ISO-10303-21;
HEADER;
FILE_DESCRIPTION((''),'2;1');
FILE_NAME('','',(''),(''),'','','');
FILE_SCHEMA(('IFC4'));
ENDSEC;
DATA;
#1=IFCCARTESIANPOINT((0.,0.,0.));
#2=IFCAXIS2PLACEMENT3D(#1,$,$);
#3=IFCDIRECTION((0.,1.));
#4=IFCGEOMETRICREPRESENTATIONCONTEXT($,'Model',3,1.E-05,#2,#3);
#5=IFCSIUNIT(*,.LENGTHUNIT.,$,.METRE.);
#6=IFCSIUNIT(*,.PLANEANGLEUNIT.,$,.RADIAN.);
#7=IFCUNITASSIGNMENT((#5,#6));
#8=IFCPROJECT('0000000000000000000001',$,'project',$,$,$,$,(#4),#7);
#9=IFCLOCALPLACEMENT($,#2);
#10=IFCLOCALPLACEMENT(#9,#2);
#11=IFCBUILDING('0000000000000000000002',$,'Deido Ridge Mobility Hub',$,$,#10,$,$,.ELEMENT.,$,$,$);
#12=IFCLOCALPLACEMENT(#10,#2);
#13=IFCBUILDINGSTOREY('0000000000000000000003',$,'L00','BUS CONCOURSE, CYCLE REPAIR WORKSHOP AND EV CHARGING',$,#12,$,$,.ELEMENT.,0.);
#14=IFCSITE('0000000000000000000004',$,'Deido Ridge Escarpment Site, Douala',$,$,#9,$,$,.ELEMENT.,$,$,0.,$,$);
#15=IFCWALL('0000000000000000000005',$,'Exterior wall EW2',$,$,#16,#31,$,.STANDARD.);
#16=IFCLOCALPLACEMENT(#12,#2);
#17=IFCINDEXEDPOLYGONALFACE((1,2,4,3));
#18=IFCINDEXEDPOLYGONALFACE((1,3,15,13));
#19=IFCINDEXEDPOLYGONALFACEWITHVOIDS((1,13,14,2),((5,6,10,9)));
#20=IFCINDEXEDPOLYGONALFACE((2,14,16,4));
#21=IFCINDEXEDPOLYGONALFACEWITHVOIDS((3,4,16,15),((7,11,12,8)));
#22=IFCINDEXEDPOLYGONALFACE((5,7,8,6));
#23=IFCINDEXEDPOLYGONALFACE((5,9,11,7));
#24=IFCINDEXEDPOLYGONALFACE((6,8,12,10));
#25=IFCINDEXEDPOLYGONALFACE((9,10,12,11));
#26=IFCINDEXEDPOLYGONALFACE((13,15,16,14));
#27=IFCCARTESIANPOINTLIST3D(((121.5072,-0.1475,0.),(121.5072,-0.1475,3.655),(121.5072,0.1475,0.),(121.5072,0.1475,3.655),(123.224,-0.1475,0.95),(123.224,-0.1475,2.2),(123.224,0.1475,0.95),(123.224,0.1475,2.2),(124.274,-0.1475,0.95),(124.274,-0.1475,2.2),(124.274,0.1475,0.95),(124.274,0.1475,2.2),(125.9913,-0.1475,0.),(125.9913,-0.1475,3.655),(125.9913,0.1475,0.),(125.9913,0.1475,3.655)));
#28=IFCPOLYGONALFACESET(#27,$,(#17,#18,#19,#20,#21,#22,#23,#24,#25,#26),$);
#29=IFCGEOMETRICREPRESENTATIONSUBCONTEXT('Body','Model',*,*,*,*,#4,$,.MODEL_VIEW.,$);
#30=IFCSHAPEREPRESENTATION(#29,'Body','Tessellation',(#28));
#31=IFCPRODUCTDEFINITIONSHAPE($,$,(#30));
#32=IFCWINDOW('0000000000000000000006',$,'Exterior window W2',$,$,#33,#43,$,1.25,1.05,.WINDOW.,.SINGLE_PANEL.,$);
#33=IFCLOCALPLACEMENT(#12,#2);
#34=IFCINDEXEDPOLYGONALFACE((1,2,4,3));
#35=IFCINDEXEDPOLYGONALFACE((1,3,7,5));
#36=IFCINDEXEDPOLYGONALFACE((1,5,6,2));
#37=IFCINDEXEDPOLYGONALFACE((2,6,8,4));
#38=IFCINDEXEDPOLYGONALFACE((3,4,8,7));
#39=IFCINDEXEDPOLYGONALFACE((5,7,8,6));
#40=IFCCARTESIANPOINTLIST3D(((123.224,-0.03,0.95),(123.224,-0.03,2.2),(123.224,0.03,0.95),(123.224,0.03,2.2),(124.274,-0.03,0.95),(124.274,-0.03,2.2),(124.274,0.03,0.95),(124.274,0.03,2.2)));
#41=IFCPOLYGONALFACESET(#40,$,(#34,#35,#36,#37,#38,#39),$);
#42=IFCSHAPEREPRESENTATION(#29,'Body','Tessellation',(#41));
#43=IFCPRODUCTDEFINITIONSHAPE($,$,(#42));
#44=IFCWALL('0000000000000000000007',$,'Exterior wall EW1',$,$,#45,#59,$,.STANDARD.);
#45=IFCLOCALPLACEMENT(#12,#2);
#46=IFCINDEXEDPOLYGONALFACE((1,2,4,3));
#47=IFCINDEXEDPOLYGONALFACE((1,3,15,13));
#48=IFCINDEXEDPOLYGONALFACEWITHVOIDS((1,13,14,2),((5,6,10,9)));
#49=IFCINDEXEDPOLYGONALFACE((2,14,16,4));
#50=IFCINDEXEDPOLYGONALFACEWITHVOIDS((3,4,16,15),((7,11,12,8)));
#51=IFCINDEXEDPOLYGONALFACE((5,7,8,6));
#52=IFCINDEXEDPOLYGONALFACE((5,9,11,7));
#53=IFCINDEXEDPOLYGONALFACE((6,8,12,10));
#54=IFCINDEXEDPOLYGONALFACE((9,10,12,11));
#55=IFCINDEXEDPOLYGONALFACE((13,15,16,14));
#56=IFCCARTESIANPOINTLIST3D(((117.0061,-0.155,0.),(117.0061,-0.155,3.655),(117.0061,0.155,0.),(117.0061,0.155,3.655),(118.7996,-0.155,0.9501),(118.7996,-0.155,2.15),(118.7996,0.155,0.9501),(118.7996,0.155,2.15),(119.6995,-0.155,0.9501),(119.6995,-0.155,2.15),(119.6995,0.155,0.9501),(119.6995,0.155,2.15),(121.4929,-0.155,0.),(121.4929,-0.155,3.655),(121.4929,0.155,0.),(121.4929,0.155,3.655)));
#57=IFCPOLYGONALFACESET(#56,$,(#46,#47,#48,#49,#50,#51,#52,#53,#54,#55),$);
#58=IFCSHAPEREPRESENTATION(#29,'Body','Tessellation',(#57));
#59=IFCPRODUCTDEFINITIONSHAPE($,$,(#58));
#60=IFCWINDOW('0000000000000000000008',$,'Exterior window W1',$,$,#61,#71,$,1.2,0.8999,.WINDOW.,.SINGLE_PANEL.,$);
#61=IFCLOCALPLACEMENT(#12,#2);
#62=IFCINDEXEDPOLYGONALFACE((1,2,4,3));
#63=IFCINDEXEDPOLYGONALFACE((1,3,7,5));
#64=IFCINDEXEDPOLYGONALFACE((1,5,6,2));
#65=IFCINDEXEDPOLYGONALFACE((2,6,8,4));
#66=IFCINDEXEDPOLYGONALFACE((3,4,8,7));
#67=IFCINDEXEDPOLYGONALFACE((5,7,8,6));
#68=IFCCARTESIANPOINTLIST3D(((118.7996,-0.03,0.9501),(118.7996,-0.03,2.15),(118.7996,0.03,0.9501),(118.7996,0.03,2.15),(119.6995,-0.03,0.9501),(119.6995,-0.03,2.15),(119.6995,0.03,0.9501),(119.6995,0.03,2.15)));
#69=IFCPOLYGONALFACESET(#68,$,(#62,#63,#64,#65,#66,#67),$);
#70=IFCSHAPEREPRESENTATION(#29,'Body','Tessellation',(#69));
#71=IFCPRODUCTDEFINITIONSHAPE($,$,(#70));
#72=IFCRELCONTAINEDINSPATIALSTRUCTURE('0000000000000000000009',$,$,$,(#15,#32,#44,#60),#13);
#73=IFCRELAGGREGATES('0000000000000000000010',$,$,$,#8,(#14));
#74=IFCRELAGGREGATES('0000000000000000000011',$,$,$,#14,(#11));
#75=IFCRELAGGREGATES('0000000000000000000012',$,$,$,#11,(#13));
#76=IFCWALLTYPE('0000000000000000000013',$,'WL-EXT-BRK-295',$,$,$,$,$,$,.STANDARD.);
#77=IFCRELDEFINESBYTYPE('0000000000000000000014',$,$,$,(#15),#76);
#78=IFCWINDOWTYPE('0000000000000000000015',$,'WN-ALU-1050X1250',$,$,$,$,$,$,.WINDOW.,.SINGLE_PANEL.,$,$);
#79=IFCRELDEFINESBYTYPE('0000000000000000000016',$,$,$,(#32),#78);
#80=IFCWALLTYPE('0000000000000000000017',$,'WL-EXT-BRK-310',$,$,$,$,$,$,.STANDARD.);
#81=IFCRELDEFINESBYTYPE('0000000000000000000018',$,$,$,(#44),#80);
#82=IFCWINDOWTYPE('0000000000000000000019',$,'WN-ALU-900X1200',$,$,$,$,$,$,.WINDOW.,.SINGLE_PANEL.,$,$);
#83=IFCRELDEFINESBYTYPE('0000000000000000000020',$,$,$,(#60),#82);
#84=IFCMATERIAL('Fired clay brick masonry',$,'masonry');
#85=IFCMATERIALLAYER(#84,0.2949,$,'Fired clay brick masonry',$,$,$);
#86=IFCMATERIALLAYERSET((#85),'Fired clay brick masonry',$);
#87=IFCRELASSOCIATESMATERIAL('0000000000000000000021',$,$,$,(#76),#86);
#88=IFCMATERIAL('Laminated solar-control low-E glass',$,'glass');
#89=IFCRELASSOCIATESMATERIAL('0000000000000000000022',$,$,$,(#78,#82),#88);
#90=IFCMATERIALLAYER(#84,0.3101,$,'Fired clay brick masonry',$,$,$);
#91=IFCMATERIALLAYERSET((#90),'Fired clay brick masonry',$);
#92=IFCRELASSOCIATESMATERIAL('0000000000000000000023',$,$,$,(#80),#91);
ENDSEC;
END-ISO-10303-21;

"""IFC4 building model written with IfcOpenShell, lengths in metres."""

from ifc_helpers import new_model, si_unit, direction, frame, frame_2d, origin, place, context, subcontext, project, spatial, rectangle, extrude, material, layer, layer_set, type_object, element, fill, save


model = new_model("IFC4")

# Units and contexts
model_context = context("Model", 3, precision=1e-05, world=origin(), true_north=direction((0.0, 1.0)))
body_context = subcontext(model_context, "Body", "Model", "MODEL_VIEW")
ifc_project = project(units=[si_unit("LENGTHUNIT", "METRE"), si_unit("PLANEANGLEUNIT", "RADIAN")], contexts=[model_context])

# Site, building, storey
site_placement = place(None, origin())
site = spatial("IfcSite", under=ifc_project, at=site_placement, Name="Deido Ridge Escarpment Site, Douala", CompositionType="ELEMENT", RefElevation=0.0)
building_placement = place(site_placement, origin())
building = spatial("IfcBuilding", under=site, at=building_placement, Name="Deido Ridge Mobility Hub", CompositionType="ELEMENT")
storey_placement = place(building_placement, origin())
storey = spatial("IfcBuildingStorey", under=building, at=storey_placement, Name="L00", Description="BUS CONCOURSE, CYCLE REPAIR WORKSHOP AND EV CHARGING", CompositionType="ELEMENT", Elevation=0.0)

# Shared definitions
ifc_material_1 = material(Name="Laminated solar-control low-E glass", Category="glass")

# Walls, openings, windows
ifc_material_2 = material(Name="Fired clay brick masonry", Category="masonry")
ifc_layer_1 = layer(ifc_material_2, 0.2949, Name="Fired clay brick masonry")
ifc_layer_set_1 = layer_set([ifc_layer_1], Name="Fired clay brick masonry")
wall_type_1 = type_object("IfcWallType", Name="WL-EXT-BRK-295", PredefinedType="STANDARD", material=ifc_layer_set_1)
wall_1_placement = place(storey_placement, frame((121.5071, 0.0, 0.0), z_axis=(0.0, 0.0, 1.0), x_axis=(1.0, 0.0, 0.0)))
wall_1 = element("IfcWall", 1, at=wall_1_placement, inside=storey, type_object=wall_type_1, Name="Exterior wall EW2", PredefinedType="STANDARD", context=body_context, shape_type="SweptSolid", body=[
    extrude(rectangle(XDim=4.4841, YDim=0.2949, at=frame_2d((2.2422, 0.0))), origin(), (0.0, 0.0, 1.0), 3.655),
])
opening_1_placement = place(wall_1_placement, frame((1.717, 0.0, 0.95)))
opening_1 = element("IfcOpeningElement", 2, at=opening_1_placement, cuts=wall_1, PredefinedType="OPENING", context=body_context, shape_type="SweptSolid", body=[
    extrude(rectangle(XDim=1.05, YDim=1.25, at=frame_2d((0.5249, 0.625))), frame((0.0, 0.1575, 0.0), z_axis=(0.0, -1.0, 0.0), x_axis=(1.0, 0.0, 0.0)), (0.0, 0.0, 1.0), 0.3149),
])
window_type_1 = type_object("IfcWindowType", Name="WN-ALU-1050X1250", PartitioningType="SINGLE_PANEL", PredefinedType="WINDOW", material=ifc_material_1)
window_1_placement = place(opening_1_placement, origin())
window_1 = element("IfcWindow", 3, at=window_1_placement, inside=storey, type_object=window_type_1, Name="Exterior window W2", OverallHeight=1.25, OverallWidth=1.05, PartitioningType="SINGLE_PANEL", PredefinedType="WINDOW", context=body_context, shape_type="SweptSolid", body=[
    extrude(rectangle(XDim=1.05, YDim=1.25, at=frame_2d((0.5249, 0.625))), frame((0.0, 0.03, 0.0), z_axis=(0.0, -1.0, 0.0), x_axis=(1.0, 0.0, 0.0)), (0.0, 0.0, 1.0), 0.0601),
])
fill(opening_1, window_1)
ifc_layer_2 = layer(ifc_material_2, 0.3101, Name="Fired clay brick masonry")
ifc_layer_set_2 = layer_set([ifc_layer_2], Name="Fired clay brick masonry")
wall_type_2 = type_object("IfcWallType", Name="WL-EXT-BRK-310", PredefinedType="STANDARD", material=ifc_layer_set_2)
wall_2_placement = place(storey_placement, frame((117.0061, 0.0, 0.0), z_axis=(0.0, 0.0, 1.0), x_axis=(1.0, 0.0, 0.0)))
wall_2 = element("IfcWall", 4, at=wall_2_placement, inside=storey, type_object=wall_type_2, Name="Exterior wall EW1", PredefinedType="STANDARD", context=body_context, shape_type="SweptSolid", body=[
    extrude(rectangle(XDim=4.4868, YDim=0.3101, at=frame_2d((2.2434, 0.0))), origin(), (0.0, 0.0, 1.0), 3.655),
])
opening_2_placement = place(wall_2_placement, frame((1.7935, 0.0, 0.95)))
opening_2 = element("IfcOpeningElement", 5, at=opening_2_placement, cuts=wall_2, PredefinedType="OPENING", context=body_context, shape_type="SweptSolid", body=[
    extrude(rectangle(XDim=0.8999, YDim=1.2, at=frame_2d((0.45, 0.6001))), frame((0.0, 0.165, 0.0), z_axis=(0.0, -1.0, 0.0), x_axis=(1.0, 0.0, 0.0)), (0.0, 0.0, 1.0), 0.3301),
])
window_type_2 = type_object("IfcWindowType", Name="WN-ALU-900X1200", PartitioningType="SINGLE_PANEL", PredefinedType="WINDOW", material=ifc_material_1)
window_2_placement = place(opening_2_placement, origin())
window_2 = element("IfcWindow", 6, at=window_2_placement, inside=storey, type_object=window_type_2, Name="Exterior window W1", OverallHeight=1.2, OverallWidth=0.8999, PartitioningType="SINGLE_PANEL", PredefinedType="WINDOW", context=body_context, shape_type="SweptSolid", body=[
    extrude(rectangle(XDim=0.8999, YDim=1.2, at=frame_2d((0.45, 0.6001))), frame((0.0, 0.03, 0.0), z_axis=(0.0, -1.0, 0.0), x_axis=(1.0, 0.0, 0.0)), (0.0, 0.0, 1.0), 0.0601),
])
fill(opening_2, window_2)

save(model, "model.ifc")
